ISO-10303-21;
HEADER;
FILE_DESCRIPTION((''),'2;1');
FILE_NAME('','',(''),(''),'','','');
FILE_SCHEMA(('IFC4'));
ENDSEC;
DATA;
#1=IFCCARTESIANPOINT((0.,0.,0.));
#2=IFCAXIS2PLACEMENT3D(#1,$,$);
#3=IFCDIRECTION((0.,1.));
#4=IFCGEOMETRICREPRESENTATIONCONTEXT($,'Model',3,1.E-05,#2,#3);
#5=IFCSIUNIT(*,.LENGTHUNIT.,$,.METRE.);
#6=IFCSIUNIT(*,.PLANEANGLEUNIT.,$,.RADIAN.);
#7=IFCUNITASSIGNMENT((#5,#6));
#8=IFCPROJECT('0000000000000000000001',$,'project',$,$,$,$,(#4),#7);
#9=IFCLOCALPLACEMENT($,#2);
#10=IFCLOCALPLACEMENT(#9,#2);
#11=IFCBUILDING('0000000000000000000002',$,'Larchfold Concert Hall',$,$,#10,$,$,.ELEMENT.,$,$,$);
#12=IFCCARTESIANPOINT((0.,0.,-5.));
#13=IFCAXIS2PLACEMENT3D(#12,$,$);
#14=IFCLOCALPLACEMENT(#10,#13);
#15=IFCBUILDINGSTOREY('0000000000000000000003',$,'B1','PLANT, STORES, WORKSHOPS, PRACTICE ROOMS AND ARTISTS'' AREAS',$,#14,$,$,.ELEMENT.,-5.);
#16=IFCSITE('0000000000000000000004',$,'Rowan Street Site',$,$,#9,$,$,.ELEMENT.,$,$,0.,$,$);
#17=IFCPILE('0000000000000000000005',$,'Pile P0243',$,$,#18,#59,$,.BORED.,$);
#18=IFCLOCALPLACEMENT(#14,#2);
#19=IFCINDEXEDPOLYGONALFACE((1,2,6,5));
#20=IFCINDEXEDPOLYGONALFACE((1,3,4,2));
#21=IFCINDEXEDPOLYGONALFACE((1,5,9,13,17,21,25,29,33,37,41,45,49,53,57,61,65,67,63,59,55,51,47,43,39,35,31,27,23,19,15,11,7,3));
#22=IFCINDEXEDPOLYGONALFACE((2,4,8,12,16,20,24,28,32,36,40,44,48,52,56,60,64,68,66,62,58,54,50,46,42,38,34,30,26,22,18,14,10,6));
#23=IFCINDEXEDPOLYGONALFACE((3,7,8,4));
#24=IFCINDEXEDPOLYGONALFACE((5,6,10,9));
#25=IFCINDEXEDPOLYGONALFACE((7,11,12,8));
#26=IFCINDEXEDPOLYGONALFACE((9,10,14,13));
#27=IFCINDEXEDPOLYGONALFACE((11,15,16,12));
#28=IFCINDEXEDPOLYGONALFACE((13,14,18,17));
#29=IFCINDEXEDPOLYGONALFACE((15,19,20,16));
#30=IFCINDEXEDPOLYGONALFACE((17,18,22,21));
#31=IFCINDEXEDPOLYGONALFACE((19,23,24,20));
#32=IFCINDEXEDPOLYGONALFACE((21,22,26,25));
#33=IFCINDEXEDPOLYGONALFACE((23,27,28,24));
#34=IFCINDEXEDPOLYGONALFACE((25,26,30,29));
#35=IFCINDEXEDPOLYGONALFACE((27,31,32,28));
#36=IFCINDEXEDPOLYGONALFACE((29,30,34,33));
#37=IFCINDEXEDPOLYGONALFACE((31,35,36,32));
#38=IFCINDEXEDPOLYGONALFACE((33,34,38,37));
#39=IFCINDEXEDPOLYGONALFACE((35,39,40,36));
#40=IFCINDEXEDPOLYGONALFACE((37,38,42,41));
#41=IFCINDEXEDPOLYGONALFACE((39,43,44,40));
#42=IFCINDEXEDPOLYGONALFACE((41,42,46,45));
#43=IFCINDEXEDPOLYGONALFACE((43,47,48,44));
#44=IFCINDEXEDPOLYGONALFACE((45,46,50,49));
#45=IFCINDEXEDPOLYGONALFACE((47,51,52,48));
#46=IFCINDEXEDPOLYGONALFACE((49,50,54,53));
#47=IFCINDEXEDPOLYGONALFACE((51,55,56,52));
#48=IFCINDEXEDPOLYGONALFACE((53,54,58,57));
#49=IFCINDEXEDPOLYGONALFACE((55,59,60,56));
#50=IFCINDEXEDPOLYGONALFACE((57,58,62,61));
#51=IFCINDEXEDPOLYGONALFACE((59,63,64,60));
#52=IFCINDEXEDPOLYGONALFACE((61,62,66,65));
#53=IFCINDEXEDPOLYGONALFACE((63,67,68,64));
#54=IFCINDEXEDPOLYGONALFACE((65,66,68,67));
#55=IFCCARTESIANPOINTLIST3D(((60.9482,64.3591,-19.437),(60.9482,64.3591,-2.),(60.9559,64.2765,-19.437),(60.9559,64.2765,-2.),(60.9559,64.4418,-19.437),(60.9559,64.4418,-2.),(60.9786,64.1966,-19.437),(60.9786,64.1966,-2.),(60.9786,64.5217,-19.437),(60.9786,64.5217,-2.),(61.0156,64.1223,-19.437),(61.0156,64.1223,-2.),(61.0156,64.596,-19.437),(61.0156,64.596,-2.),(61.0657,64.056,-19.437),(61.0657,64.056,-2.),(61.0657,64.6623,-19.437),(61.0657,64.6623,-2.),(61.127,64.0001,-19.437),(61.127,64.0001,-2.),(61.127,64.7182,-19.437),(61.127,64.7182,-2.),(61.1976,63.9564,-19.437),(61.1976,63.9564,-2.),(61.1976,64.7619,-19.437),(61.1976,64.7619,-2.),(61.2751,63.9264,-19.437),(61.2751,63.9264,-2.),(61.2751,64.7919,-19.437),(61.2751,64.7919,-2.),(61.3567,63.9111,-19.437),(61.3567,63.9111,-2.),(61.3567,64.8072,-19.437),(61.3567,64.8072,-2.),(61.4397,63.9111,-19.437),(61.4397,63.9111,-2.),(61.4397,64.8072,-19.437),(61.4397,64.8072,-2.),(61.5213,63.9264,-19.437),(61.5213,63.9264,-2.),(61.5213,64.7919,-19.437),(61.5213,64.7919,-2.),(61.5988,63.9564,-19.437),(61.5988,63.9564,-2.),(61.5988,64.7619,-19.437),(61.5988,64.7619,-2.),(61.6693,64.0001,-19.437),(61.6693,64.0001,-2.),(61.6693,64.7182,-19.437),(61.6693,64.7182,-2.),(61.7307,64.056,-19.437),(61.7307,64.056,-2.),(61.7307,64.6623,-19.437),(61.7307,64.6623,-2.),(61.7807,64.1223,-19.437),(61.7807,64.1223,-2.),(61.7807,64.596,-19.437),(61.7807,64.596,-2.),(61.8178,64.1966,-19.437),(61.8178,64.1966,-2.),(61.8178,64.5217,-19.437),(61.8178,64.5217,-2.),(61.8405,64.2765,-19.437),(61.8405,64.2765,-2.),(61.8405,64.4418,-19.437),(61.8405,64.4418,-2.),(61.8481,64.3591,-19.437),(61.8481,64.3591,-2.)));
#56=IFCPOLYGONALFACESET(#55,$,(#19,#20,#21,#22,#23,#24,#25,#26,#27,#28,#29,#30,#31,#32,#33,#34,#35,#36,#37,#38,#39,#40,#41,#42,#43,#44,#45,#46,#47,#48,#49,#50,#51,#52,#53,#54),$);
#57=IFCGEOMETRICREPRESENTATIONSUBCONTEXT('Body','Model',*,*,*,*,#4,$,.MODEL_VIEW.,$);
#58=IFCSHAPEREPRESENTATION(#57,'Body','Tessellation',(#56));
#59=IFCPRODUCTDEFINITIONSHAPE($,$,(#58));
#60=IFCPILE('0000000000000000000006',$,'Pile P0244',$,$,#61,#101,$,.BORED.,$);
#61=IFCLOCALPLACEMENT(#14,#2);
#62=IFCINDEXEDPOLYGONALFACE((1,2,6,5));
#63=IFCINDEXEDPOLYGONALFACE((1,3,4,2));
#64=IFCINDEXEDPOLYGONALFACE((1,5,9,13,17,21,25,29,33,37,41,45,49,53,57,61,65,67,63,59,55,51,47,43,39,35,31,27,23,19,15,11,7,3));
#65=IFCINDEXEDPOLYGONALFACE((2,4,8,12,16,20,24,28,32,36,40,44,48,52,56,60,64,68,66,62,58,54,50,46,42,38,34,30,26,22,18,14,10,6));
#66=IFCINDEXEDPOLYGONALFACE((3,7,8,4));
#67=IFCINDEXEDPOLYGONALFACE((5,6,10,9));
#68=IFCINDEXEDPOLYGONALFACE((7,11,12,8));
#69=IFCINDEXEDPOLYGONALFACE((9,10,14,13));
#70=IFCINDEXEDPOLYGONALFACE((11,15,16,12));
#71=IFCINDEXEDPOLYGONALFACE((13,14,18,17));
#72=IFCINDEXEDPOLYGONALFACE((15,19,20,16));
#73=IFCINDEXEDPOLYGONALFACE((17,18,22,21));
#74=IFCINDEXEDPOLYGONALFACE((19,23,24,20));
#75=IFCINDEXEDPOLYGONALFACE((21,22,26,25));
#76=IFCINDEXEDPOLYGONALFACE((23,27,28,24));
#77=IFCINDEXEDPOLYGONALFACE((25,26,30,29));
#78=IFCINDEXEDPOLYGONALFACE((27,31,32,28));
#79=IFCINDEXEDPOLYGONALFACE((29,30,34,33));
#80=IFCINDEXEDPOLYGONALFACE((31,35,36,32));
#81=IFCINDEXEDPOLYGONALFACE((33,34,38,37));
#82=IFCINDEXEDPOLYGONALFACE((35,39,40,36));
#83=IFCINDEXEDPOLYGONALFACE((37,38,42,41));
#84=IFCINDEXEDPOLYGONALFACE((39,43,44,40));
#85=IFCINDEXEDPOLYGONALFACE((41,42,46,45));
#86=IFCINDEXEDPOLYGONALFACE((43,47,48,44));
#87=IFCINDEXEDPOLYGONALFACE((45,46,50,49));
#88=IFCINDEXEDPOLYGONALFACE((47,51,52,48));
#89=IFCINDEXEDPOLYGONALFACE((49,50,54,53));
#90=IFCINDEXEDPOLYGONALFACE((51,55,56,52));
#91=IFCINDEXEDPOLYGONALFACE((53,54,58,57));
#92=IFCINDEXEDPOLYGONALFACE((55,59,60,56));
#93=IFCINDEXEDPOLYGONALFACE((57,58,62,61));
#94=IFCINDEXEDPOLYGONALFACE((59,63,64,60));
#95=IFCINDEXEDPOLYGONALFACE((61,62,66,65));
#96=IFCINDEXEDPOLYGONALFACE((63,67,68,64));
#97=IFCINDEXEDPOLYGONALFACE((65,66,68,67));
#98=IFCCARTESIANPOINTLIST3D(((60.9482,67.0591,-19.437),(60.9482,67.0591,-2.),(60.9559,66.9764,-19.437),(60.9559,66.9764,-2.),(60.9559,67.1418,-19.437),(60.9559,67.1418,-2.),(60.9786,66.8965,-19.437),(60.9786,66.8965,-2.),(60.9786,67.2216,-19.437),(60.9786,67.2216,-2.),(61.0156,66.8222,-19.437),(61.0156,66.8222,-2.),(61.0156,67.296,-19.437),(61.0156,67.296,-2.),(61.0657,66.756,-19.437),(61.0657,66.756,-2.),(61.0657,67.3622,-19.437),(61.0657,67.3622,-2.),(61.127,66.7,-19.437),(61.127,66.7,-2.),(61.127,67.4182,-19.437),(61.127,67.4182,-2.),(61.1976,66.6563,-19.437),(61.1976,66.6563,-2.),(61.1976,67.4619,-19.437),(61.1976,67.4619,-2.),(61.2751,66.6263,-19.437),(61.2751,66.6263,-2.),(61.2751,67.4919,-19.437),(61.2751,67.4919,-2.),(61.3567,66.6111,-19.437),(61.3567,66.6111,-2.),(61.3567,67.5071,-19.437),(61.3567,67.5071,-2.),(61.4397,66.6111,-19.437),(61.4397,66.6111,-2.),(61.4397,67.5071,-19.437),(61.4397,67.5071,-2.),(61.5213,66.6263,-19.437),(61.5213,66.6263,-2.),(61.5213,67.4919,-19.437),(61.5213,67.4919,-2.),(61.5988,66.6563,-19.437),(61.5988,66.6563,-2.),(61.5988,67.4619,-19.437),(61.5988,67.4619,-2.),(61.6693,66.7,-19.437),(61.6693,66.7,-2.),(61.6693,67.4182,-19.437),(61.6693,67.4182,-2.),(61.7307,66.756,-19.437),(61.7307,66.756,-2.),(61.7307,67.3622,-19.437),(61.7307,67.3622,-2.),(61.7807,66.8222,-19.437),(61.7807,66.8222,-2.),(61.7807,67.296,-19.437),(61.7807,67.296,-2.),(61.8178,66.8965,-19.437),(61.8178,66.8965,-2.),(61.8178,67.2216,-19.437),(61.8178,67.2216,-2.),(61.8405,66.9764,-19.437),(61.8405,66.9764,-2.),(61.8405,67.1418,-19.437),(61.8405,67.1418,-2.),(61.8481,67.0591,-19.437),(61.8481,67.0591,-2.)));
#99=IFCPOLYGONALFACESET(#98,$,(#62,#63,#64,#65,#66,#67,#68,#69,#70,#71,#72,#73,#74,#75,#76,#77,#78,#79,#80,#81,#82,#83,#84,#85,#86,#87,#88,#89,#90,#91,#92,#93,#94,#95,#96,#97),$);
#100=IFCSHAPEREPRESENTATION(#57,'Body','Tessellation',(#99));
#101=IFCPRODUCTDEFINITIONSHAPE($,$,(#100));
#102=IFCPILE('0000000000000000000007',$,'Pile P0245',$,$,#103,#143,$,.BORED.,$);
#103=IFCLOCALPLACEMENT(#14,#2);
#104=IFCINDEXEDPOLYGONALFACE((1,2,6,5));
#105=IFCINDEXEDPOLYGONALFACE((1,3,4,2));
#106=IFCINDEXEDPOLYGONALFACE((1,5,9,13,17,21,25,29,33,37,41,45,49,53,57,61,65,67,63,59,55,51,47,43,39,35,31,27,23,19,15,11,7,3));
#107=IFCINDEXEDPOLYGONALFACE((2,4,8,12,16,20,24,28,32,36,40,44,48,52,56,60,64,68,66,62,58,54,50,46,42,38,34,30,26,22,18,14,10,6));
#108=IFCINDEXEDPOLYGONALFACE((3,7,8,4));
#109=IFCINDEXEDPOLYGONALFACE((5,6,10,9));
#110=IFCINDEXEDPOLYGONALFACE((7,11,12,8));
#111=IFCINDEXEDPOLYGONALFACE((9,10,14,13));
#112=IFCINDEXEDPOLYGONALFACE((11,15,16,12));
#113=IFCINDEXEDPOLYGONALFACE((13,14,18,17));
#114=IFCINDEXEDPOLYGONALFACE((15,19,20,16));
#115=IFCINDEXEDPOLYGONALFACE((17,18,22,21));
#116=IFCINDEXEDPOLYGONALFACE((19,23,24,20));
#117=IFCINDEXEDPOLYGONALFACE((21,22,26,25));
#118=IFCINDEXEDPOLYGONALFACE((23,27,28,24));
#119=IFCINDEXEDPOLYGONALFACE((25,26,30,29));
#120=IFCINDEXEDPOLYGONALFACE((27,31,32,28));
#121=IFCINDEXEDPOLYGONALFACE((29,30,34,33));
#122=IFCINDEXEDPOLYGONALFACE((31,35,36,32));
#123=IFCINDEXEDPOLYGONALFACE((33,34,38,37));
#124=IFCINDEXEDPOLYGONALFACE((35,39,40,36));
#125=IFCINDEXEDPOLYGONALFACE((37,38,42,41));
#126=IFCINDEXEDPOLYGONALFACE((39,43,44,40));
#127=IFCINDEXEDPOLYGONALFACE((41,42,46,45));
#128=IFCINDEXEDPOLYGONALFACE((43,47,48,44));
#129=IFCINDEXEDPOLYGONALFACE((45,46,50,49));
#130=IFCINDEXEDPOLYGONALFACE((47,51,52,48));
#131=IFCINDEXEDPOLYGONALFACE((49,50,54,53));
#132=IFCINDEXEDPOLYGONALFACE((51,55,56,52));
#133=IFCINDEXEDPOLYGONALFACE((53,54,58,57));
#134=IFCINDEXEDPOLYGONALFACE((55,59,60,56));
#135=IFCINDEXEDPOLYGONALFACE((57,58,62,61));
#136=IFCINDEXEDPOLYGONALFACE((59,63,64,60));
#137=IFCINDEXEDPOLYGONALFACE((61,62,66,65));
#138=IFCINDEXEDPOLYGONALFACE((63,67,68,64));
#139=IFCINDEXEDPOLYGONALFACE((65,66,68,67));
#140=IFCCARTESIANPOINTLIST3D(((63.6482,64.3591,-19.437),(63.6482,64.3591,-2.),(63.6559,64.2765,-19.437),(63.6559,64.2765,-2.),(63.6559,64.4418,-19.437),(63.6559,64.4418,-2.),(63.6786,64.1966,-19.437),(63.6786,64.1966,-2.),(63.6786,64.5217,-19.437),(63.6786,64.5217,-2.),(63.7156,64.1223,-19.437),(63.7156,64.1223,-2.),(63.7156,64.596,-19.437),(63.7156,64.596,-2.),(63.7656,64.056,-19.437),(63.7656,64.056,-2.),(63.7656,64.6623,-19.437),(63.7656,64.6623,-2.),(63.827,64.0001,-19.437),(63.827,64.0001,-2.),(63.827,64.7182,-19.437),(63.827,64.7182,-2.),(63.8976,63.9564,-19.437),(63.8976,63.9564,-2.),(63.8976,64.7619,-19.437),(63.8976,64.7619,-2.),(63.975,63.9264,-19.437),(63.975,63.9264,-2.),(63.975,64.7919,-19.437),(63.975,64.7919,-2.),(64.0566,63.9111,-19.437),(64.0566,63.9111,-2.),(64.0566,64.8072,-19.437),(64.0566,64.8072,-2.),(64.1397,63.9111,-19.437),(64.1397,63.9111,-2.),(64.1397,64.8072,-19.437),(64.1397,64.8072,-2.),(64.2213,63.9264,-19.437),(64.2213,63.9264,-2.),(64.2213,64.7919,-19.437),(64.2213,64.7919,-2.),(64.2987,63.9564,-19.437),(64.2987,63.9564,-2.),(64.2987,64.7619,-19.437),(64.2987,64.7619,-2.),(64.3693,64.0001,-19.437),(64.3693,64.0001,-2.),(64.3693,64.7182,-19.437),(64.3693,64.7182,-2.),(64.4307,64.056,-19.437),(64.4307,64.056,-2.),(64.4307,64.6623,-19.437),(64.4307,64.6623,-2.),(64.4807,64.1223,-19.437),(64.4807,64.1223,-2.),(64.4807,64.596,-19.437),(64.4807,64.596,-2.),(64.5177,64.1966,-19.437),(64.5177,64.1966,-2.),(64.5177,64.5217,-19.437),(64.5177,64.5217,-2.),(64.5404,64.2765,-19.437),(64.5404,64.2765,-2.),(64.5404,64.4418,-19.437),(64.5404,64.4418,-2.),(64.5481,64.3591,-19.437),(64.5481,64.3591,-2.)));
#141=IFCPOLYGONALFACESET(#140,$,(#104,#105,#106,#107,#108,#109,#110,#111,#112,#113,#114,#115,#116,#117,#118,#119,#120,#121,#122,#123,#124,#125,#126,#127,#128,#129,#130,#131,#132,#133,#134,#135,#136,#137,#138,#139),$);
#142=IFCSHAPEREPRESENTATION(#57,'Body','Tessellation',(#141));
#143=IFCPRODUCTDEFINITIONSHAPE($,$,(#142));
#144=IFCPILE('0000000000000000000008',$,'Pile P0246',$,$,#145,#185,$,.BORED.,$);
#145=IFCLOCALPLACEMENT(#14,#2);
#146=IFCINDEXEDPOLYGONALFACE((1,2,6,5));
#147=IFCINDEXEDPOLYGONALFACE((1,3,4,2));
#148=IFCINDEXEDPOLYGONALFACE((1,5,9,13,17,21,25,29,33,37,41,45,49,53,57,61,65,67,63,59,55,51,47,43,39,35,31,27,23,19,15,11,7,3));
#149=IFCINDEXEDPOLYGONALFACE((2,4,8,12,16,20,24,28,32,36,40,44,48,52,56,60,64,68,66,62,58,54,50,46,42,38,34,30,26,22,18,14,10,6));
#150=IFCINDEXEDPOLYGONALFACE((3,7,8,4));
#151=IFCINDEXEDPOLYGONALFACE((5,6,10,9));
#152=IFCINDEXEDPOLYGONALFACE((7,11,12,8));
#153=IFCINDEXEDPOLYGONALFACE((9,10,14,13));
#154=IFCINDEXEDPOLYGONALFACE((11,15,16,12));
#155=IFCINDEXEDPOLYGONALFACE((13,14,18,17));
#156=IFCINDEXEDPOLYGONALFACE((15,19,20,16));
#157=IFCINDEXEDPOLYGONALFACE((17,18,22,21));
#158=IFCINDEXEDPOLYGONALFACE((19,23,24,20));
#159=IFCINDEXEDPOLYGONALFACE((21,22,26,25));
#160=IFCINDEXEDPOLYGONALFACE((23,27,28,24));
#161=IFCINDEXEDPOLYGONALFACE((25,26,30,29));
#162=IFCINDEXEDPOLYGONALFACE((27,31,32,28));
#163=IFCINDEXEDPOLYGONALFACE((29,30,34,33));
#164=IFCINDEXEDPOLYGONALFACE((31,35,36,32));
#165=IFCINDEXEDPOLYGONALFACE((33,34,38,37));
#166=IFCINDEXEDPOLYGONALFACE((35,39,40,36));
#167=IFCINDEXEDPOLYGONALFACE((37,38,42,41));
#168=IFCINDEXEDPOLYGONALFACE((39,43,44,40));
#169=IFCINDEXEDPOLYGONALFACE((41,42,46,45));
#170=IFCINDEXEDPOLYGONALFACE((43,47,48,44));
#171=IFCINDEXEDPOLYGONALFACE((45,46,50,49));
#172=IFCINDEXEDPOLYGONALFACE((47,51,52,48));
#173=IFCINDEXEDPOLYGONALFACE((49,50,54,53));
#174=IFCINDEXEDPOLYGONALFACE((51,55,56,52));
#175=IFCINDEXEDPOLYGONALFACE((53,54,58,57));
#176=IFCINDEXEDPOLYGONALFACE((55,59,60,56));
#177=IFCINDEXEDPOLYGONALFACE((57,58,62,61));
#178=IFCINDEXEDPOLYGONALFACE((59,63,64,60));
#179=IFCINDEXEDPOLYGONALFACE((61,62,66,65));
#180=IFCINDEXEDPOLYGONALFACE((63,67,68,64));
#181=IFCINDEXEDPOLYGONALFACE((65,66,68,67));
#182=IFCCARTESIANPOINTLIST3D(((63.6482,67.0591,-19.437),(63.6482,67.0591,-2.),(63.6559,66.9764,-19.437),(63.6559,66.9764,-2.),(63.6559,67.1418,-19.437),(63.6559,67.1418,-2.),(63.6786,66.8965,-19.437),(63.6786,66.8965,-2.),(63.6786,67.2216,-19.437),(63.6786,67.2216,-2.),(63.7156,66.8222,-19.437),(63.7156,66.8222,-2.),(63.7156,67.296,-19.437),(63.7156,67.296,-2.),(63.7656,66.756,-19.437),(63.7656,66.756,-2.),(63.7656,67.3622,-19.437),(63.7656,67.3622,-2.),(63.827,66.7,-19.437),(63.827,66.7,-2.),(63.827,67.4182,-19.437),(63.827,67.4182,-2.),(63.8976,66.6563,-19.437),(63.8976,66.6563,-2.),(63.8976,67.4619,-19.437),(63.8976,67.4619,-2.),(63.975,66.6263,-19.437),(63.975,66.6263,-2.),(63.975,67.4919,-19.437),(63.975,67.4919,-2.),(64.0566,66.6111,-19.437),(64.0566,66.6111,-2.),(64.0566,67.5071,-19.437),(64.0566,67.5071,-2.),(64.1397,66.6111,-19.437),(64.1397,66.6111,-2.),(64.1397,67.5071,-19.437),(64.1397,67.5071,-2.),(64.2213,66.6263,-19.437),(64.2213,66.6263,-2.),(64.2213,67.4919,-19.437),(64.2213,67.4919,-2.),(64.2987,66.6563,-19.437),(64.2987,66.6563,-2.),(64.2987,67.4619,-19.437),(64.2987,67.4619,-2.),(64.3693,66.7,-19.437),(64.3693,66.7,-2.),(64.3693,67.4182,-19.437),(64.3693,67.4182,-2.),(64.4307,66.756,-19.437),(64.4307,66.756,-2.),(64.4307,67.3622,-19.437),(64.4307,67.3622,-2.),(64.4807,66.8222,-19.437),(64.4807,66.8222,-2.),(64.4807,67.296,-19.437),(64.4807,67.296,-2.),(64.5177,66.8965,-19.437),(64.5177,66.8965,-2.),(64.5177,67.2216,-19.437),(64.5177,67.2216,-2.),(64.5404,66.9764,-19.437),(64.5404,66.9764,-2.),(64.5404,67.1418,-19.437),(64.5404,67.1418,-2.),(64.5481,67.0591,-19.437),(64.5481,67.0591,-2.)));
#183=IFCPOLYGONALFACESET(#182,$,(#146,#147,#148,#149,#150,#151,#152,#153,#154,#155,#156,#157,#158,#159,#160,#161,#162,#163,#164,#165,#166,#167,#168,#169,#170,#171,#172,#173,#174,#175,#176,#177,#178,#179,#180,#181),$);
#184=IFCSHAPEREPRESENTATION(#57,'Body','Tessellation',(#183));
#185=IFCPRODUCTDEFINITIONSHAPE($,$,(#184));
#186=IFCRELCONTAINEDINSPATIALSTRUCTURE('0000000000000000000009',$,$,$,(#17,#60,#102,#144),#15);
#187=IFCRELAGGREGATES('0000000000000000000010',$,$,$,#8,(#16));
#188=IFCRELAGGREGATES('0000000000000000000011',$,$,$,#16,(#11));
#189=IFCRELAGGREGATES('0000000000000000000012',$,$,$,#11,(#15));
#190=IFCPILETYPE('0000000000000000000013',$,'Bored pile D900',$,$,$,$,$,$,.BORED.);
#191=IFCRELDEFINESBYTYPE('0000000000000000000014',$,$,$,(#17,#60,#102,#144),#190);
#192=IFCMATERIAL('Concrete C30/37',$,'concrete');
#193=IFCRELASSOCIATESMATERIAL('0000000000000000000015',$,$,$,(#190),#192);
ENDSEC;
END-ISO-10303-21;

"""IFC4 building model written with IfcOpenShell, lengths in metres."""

from ifc_helpers import new_model, si_unit, direction, frame, origin, origin_2d, place, context, subcontext, project, spatial, circle, extrude, material, material_profile, profile_set, type_object, element, save


model = new_model("IFC4")

# Units and contexts
model_context = context("Model", 3, precision=1e-05, world=origin(), true_north=direction((0.0, 1.0)))
body_context = subcontext(model_context, "Body", "Model", "MODEL_VIEW")
ifc_project = project(units=[si_unit("LENGTHUNIT", "METRE"), si_unit("PLANEANGLEUNIT", "RADIAN")], contexts=[model_context])

# Site, building, storey
site_placement = place(None, origin())
site = spatial("IfcSite", under=ifc_project, at=site_placement, Name="Rowan Street Site", CompositionType="ELEMENT", RefElevation=0.0)
building_placement = place(site_placement, origin())
building = spatial("IfcBuilding", under=site, at=building_placement, Name="Larchfold Concert Hall", CompositionType="ELEMENT")
storey_placement = place(building_placement, frame((0.0, 0.0, -5.0)))
storey = spatial("IfcBuildingStorey", under=building, at=storey_placement, Name="B1", Description="PLANT, STORES, WORKSHOPS, PRACTICE ROOMS AND ARTISTS' AREAS", CompositionType="ELEMENT", Elevation=-5.0)

# Piles
ifc_material_1 = material(Name="Concrete C30/37", Category="concrete")
ifc_material_profile_1 = material_profile(ifc_material_1, circle(Radius=0.45, at=origin_2d()))
ifc_profile_set_1 = profile_set([ifc_material_profile_1], Name="Concrete C30/37")
pile_type_1 = type_object("IfcPileType", Name="Bored pile D900", PredefinedType="BORED", material=ifc_profile_set_1)
for number, where, z_axis, x_axis, name in (
    (1, (61.3982, 64.3591, -2.0), (0.0, 0.0, -1.0), (1.0, 0.0, 0.0), "Pile P0243"),
    (2, (61.3982, 67.0591, -2.0), (0.0, 0.0, -1.0), (1.0, 0.0, 0.0), "Pile P0244"),
    (3, (64.0981, 64.3591, -2.0), (0.0, 0.0, -1.0), (1.0, 0.0, 0.0), "Pile P0245"),
    (4, (64.0981, 67.0591, -2.0), (0.0, 0.0, -1.0), (1.0, 0.0, 0.0), "Pile P0246"),
):
    element("IfcPile", number, at=place(storey_placement, frame(where, z_axis=z_axis, x_axis=x_axis)), inside=storey, type_object=pile_type_1, Name=name, PredefinedType="BORED", context=body_context, shape_type="SweptSolid", body=[
        extrude(circle(Radius=0.45, at=origin_2d()), origin(), (0.0, 0.0, 1.0), 17.437),
    ])

save(model, "model.ifc")
